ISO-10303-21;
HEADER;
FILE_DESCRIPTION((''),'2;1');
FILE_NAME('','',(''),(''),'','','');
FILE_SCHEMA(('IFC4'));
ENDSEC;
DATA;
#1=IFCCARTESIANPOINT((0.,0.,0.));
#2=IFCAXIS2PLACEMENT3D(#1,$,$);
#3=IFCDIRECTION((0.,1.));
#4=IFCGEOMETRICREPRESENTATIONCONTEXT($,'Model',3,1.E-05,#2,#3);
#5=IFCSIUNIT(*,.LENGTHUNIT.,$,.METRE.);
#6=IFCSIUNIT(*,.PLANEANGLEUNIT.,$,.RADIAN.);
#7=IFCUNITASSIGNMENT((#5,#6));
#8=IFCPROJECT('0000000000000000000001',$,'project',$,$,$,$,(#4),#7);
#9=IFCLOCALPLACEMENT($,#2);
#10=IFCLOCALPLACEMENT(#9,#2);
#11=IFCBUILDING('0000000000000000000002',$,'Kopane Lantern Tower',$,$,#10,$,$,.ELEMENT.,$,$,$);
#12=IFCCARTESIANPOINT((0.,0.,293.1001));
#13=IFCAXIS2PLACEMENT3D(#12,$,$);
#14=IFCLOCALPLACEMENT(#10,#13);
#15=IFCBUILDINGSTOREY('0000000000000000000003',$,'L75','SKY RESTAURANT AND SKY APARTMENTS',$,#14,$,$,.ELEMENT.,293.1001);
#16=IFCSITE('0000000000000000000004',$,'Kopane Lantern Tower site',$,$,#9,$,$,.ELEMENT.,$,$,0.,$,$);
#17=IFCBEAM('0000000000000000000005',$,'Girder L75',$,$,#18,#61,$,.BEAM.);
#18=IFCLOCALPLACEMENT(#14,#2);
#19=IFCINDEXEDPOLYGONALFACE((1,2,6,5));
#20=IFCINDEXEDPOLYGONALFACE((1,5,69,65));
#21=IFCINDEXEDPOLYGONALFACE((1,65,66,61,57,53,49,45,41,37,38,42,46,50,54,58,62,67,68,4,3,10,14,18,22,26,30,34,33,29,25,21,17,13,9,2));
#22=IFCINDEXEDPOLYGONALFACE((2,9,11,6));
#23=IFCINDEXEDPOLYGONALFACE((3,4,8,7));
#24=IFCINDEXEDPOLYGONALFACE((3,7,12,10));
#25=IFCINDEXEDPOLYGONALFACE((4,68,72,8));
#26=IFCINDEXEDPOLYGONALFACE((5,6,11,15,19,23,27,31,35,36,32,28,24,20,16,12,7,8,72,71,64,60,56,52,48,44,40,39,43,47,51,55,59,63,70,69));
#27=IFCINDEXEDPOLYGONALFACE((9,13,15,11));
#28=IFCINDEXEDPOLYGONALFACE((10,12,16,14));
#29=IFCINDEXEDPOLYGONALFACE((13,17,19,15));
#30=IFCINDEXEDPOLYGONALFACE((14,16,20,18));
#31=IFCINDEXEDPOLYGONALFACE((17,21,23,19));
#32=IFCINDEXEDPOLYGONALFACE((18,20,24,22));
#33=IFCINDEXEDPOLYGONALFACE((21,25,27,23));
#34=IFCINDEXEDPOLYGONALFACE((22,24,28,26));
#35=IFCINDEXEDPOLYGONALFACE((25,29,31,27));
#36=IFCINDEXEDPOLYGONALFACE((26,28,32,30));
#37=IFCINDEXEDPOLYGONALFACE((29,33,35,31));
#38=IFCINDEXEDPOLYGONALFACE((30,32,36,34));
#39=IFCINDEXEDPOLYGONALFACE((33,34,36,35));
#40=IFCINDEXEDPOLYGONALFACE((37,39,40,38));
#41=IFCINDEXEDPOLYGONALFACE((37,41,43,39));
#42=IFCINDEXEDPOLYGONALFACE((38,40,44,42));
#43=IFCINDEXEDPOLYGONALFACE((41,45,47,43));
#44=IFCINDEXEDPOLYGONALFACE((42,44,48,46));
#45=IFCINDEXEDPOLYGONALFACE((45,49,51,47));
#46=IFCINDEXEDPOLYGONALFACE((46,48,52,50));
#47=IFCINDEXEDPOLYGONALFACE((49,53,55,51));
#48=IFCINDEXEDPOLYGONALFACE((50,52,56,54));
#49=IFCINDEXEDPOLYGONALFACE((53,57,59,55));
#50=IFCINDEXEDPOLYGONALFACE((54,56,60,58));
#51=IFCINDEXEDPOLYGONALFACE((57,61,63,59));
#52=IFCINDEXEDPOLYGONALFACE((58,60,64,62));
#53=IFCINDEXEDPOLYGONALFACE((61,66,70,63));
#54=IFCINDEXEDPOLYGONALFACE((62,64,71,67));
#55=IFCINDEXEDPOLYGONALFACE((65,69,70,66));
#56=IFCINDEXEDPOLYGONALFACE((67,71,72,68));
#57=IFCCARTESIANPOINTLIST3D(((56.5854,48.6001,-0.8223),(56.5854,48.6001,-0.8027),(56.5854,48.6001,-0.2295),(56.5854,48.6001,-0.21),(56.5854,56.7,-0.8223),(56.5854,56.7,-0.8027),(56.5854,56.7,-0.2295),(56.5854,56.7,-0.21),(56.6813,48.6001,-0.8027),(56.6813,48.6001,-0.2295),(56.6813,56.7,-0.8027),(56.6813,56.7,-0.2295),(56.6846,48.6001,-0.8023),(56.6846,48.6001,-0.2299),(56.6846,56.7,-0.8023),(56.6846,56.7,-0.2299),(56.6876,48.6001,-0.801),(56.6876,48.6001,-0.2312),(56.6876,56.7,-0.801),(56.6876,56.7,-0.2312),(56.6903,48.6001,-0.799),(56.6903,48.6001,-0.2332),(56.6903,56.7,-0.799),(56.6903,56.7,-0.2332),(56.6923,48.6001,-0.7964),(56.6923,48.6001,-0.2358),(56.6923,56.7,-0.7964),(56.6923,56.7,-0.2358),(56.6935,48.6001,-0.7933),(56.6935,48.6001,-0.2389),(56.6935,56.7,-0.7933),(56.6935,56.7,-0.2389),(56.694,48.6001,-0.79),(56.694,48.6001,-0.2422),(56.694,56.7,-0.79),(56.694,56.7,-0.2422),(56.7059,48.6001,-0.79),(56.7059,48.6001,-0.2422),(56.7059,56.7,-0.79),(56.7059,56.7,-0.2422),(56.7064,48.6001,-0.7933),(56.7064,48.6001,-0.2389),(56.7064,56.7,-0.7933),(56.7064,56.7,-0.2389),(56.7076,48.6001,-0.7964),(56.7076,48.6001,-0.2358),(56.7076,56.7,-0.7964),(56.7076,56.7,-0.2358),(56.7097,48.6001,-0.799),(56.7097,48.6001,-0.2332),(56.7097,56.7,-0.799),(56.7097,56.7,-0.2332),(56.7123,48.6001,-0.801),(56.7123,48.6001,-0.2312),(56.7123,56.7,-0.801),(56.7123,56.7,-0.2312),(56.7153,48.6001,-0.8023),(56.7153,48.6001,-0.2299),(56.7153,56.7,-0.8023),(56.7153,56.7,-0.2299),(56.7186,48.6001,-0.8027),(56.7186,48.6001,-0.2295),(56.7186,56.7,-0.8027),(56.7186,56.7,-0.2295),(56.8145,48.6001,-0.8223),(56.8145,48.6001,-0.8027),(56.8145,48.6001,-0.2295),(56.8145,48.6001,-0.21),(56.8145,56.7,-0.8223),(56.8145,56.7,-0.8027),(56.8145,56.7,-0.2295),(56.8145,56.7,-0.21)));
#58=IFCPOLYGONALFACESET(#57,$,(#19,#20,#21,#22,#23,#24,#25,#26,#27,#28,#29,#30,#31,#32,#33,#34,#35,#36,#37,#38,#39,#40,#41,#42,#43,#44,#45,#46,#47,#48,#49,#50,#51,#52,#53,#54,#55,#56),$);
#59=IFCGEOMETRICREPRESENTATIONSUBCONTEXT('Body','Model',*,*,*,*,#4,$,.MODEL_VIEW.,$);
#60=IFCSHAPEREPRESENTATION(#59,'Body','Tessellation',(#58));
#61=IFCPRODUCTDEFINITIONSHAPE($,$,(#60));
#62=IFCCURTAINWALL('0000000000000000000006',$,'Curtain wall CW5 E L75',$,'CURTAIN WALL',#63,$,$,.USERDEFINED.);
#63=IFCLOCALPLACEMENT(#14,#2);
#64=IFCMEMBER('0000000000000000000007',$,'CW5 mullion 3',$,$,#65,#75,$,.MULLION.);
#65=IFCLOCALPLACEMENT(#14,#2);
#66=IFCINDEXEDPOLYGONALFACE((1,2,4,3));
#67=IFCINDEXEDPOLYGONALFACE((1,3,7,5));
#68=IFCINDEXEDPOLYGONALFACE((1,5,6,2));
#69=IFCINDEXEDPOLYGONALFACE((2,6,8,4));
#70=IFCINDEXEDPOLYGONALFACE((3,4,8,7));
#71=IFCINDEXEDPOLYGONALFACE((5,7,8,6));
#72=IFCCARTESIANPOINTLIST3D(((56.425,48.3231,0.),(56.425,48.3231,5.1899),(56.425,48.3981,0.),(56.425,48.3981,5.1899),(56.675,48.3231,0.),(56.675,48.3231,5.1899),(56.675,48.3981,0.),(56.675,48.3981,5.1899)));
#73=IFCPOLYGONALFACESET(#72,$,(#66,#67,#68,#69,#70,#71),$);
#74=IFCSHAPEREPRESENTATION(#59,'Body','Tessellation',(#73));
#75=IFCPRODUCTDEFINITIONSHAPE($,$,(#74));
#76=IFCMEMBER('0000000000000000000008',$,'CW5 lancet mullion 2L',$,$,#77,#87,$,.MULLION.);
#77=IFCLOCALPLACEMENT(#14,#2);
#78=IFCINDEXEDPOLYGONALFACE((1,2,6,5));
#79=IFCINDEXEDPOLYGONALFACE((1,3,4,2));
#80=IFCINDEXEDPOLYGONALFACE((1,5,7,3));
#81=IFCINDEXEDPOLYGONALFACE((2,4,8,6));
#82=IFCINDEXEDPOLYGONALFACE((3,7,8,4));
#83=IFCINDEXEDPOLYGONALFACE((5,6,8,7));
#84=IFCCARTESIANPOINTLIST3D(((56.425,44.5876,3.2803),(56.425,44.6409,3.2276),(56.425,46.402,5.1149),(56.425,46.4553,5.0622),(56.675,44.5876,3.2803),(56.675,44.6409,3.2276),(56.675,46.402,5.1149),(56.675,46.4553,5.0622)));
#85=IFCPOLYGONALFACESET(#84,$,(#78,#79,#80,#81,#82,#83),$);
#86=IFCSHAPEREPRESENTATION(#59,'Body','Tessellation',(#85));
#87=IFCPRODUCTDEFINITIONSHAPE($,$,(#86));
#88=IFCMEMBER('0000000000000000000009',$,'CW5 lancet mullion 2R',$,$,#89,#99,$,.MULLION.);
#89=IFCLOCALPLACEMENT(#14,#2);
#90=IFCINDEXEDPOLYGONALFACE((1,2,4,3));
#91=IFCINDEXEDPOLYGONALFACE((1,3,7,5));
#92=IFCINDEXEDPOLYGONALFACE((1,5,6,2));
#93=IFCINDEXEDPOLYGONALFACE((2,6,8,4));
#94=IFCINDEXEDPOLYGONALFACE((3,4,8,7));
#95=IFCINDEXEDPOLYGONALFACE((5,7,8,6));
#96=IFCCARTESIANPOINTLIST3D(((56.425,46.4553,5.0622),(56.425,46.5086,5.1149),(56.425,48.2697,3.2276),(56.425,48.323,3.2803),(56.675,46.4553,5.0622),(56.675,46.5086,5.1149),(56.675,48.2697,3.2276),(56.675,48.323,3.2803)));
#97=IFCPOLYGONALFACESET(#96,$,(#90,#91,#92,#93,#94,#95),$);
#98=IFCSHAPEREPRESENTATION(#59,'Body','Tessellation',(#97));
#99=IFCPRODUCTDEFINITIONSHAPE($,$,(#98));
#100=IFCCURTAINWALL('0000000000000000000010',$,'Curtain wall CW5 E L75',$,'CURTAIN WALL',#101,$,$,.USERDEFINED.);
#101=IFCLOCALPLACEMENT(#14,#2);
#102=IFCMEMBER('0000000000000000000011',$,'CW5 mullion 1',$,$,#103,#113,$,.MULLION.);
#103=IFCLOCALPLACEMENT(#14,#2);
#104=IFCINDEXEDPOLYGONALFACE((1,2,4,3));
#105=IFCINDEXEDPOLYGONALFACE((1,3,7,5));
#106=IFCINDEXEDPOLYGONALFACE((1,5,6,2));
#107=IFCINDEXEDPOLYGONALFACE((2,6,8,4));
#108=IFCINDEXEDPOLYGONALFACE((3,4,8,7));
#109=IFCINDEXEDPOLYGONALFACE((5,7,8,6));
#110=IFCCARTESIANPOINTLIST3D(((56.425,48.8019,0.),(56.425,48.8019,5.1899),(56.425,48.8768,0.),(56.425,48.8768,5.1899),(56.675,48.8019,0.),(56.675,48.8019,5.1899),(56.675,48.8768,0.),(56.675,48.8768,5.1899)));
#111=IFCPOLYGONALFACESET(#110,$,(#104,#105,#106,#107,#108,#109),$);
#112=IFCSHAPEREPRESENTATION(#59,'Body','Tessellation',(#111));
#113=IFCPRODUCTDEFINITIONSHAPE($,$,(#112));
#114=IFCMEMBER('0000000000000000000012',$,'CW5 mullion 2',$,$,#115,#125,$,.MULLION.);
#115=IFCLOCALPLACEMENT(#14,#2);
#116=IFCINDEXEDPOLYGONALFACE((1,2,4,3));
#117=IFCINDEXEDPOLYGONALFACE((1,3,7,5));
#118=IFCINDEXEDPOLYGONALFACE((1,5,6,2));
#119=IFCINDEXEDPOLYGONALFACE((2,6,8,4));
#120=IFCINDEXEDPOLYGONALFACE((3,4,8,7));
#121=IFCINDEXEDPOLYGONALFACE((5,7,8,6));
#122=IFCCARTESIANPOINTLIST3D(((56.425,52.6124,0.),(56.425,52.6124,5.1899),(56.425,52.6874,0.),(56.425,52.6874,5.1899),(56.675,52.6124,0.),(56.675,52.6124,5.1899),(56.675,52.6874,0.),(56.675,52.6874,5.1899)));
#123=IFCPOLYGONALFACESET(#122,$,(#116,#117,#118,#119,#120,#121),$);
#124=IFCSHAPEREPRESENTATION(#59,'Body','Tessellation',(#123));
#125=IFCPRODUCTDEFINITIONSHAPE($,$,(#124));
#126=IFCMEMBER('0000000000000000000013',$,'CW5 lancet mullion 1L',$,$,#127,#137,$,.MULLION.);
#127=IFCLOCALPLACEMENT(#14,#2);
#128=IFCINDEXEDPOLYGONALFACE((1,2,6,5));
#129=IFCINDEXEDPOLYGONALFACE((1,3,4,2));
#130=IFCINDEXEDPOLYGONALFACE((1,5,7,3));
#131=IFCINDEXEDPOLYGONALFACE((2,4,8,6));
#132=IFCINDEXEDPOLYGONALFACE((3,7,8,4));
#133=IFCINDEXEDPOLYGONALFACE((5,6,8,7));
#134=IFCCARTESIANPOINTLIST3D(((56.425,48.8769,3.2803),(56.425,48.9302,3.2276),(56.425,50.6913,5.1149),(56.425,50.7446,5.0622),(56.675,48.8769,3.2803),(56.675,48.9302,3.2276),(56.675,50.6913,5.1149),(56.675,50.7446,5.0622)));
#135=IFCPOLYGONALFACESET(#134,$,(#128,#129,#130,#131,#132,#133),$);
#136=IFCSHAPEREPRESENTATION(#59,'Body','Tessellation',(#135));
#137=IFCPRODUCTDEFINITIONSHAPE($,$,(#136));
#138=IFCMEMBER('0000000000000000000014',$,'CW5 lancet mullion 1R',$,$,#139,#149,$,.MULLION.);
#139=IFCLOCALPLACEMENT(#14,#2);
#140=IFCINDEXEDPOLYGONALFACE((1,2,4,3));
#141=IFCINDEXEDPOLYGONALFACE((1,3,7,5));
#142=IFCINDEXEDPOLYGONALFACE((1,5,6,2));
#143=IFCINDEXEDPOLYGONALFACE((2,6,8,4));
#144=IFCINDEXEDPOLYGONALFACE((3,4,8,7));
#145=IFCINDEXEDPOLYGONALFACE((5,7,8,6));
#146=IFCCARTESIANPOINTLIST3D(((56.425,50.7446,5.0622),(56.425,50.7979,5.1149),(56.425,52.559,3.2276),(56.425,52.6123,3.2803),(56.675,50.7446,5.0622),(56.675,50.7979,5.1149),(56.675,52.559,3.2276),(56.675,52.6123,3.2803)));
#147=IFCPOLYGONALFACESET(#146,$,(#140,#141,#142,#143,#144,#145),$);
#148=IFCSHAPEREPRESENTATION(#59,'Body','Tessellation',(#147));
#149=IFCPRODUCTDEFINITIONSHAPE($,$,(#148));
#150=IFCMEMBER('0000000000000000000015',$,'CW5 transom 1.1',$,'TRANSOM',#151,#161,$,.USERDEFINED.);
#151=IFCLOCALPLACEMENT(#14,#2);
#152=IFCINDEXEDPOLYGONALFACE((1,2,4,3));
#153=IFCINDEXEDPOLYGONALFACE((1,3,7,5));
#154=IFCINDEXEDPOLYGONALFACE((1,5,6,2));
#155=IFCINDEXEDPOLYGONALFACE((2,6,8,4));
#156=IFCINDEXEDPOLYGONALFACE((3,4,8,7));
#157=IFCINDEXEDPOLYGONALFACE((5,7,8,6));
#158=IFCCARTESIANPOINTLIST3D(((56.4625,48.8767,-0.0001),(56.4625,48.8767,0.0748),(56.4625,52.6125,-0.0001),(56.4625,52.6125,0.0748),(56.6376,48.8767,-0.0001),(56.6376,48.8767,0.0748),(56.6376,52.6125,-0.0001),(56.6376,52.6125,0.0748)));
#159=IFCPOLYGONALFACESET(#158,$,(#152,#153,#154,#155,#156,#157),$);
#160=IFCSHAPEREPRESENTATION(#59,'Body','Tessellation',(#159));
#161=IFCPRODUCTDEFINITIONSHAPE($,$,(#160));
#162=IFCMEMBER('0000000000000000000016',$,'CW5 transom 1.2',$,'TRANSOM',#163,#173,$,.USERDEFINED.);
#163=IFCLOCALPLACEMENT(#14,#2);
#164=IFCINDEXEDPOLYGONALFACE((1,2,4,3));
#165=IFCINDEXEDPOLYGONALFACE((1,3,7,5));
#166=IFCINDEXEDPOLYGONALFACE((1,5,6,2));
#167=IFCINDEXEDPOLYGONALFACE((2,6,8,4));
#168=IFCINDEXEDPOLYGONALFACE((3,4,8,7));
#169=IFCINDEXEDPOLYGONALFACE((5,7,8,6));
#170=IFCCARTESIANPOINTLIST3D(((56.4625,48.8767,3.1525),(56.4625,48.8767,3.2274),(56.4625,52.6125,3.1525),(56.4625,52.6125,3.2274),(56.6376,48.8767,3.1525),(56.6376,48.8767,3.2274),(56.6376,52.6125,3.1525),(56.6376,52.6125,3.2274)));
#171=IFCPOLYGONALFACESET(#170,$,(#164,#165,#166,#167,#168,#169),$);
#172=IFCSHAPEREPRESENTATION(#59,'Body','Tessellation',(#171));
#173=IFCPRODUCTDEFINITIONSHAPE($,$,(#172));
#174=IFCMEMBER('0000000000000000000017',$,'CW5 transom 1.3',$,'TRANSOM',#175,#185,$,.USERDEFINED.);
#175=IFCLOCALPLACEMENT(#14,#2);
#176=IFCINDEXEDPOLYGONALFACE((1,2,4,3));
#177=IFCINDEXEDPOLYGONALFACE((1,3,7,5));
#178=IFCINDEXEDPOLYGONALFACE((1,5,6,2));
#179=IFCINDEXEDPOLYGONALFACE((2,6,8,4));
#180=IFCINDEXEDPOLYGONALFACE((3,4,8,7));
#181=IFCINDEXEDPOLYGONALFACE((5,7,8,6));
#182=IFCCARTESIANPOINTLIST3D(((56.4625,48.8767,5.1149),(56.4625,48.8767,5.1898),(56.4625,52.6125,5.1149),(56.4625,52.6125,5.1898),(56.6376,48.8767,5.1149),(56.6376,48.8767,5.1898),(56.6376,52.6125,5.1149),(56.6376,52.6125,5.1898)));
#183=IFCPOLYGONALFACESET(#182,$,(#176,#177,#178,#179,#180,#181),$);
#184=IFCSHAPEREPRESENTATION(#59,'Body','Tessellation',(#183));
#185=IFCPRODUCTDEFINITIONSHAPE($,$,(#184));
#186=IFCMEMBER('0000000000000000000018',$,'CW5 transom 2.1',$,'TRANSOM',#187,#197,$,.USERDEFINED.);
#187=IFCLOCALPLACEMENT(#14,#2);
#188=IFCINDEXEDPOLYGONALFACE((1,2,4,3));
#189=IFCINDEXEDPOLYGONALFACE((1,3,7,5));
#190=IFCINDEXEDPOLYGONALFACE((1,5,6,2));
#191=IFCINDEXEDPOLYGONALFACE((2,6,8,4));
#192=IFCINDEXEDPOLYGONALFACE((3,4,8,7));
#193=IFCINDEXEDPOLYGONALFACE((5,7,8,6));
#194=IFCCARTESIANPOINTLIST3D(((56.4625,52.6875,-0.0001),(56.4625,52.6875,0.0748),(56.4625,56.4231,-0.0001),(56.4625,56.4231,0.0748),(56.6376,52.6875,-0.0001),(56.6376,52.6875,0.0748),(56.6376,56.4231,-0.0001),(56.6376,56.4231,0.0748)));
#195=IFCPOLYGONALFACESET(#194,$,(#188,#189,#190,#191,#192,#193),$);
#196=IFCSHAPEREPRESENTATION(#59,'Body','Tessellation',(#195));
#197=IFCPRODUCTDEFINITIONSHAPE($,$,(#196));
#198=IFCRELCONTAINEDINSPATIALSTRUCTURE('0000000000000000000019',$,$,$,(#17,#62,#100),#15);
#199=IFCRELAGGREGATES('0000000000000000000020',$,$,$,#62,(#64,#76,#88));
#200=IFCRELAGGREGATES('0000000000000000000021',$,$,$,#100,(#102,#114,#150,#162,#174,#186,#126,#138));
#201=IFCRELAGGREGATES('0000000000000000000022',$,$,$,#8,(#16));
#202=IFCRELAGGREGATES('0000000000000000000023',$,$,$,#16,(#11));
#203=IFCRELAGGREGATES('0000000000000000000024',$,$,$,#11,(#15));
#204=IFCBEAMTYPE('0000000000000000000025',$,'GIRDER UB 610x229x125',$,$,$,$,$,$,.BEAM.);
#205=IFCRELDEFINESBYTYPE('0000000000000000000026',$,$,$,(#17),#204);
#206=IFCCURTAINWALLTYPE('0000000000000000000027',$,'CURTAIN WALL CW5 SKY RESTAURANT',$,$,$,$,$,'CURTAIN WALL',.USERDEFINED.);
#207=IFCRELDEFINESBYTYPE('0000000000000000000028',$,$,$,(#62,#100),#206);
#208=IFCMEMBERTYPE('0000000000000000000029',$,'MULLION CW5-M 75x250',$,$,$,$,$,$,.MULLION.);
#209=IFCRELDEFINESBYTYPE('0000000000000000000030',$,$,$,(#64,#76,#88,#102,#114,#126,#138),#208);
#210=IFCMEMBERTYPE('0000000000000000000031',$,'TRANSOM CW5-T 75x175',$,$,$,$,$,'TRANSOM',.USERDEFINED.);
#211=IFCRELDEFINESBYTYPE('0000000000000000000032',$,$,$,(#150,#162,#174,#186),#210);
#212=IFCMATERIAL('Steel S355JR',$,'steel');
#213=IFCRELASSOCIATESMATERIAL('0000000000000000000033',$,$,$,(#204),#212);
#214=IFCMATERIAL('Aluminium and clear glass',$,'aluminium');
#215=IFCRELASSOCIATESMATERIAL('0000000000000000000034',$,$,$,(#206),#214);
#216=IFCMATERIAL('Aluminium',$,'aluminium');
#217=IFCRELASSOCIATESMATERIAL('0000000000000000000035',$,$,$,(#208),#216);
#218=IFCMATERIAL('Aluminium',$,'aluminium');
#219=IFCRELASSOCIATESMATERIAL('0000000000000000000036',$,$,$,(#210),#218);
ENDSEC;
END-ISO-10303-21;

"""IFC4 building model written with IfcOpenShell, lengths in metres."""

from ifc_helpers import new_model, si_unit, direction, frame, origin, origin_2d, place, context, subcontext, project, spatial, rectangle, i_section, extrude, material, material_profile, profile_set, type_object, element, aggregate, save


model = new_model("IFC4")

# Units and contexts
model_context = context("Model", 3, precision=1e-05, world=origin(), true_north=direction((0.0, 1.0)))
body_context = subcontext(model_context, "Body", "Model", "MODEL_VIEW")
ifc_project = project(units=[si_unit("LENGTHUNIT", "METRE"), si_unit("PLANEANGLEUNIT", "RADIAN")], contexts=[model_context])

# Site, building, storey
site_placement = place(None, origin())
site = spatial("IfcSite", under=ifc_project, at=site_placement, Name="Kopane Lantern Tower site", CompositionType="ELEMENT", RefElevation=0.0)
building_placement = place(site_placement, origin())
building = spatial("IfcBuilding", under=site, at=building_placement, Name="Kopane Lantern Tower", CompositionType="ELEMENT")
storey_placement = place(building_placement, frame((0.0, 0.0, 293.1001)))
storey = spatial("IfcBuildingStorey", under=building, at=storey_placement, Name="L75", Description="SKY RESTAURANT AND SKY APARTMENTS", CompositionType="ELEMENT", Elevation=293.1001)

# Beam
ifc_material_1 = material(Name="Steel S355JR", Category="steel")
ifc_material_profile_1 = material_profile(ifc_material_1, i_section(OverallWidth=0.229, OverallDepth=0.6123, WebThickness=0.012, FlangeThickness=0.0195, FilletRadius=0.0127, at=origin_2d()), Name="UB 610x229x125")
ifc_profile_set_1 = profile_set([ifc_material_profile_1], Name="Steel S355JR")
beam_type = type_object("IfcBeamType", Name="GIRDER UB 610x229x125", PredefinedType="BEAM", material=ifc_profile_set_1)
for number, where, z_axis, x_axis, name in (
    (1, (56.7, 48.6001, -0.5161), (0.0, 1.0, 0.0), (-1.0, 0.0, 0.0), "Girder L75"),
):
    element("IfcBeam", number, at=place(storey_placement, frame(where, z_axis=z_axis, x_axis=x_axis)), inside=storey, type_object=beam_type, Name=name, PredefinedType="BEAM", context=body_context, shape_type="SweptSolid", body=[
        extrude(i_section(OverallWidth=0.229, OverallDepth=0.6123, WebThickness=0.012, FlangeThickness=0.0195, FilletRadius=0.0127, at=origin_2d()), origin(), (0.0, 0.0, 1.0), 8.0999),
    ])

# Curtain walls, members
ifc_material_2 = material(Name="Aluminium and clear glass", Category="aluminium")
curtain_wall_type = type_object("IfcCurtainWallType", Name="CURTAIN WALL CW5 SKY RESTAURANT", ElementType="CURTAIN WALL", PredefinedType="USERDEFINED", material=ifc_material_2)
curtain_wall_1_placement = place(storey_placement, origin())
curtain_wall_1 = element("IfcCurtainWall", 2, at=curtain_wall_1_placement, inside=storey, type_object=curtain_wall_type, Name="Curtain wall CW5 E L75", ObjectType="CURTAIN WALL", PredefinedType="USERDEFINED")
ifc_material_3 = material(Name="Aluminium", Category="aluminium")
ifc_material_profile_2 = material_profile(ifc_material_3, rectangle(XDim=0.075, YDim=0.25, at=origin_2d()), Name="AL 75x250")
ifc_profile_set_2 = profile_set([ifc_material_profile_2], Name="Aluminium")
member_type_1 = type_object("IfcMemberType", Name="MULLION CW5-M 75x250", PredefinedType="MULLION", material=ifc_profile_set_2)
member_1_placement = place(storey_placement, frame((56.55, 48.3606, 0.0), z_axis=(0.0, 0.0, 1.0), x_axis=(0.0, 1.0, 0.0)))
member_1 = element("IfcMember", 3, at=member_1_placement, type_object=member_type_1, Name="CW5 mullion 3", PredefinedType="MULLION", context=body_context, shape_type="SweptSolid", body=[
    extrude(rectangle(XDim=0.075, YDim=0.25, at=origin_2d()), origin(), (0.0, 0.0, 1.0), 5.1899),
])
member_2_placement = place(storey_placement, frame((56.55, 44.6143, 3.2539), z_axis=(0.0, 0.703169, 0.711022), x_axis=(0.0, -0.711022, 0.703169)))
member_2 = element("IfcMember", 4, at=member_2_placement, type_object=member_type_1, Name="CW5 lancet mullion 2L", PredefinedType="MULLION", context=body_context, shape_type="SweptSolid", body=[
    extrude(rectangle(XDim=0.075, YDim=0.25, at=origin_2d()), origin(), (0.0, 0.0, 1.0), 2.5803),
])
member_3_placement = place(storey_placement, frame((56.55, 48.2964, 3.2539), z_axis=(0.0, -0.703169, 0.711022), x_axis=(0.0, 0.711022, 0.703169)))
member_3 = element("IfcMember", 5, at=member_3_placement, type_object=member_type_1, Name="CW5 lancet mullion 2R", PredefinedType="MULLION", context=body_context, shape_type="SweptSolid", body=[
    extrude(rectangle(XDim=0.075, YDim=0.25, at=origin_2d()), origin(), (0.0, 0.0, 1.0), 2.5803),
])
curtain_wall_2_placement = place(storey_placement, origin())
curtain_wall_2 = element("IfcCurtainWall", 6, at=curtain_wall_2_placement, inside=storey, type_object=curtain_wall_type, Name="Curtain wall CW5 E L75", ObjectType="CURTAIN WALL", PredefinedType="USERDEFINED")
member_4_placement = place(storey_placement, frame((56.55, 48.8394, 0.0), z_axis=(0.0, 0.0, 1.0), x_axis=(0.0, 1.0, 0.0)))
member_4 = element("IfcMember", 7, at=member_4_placement, type_object=member_type_1, Name="CW5 mullion 1", PredefinedType="MULLION", context=body_context, shape_type="SweptSolid", body=[
    extrude(rectangle(XDim=0.075, YDim=0.25, at=origin_2d()), origin(), (0.0, 0.0, 1.0), 5.1899),
])
member_5_placement = place(storey_placement, frame((56.55, 52.6499, 0.0), z_axis=(0.0, 0.0, 1.0), x_axis=(0.0, 1.0, 0.0)))
member_5 = element("IfcMember", 8, at=member_5_placement, type_object=member_type_1, Name="CW5 mullion 2", PredefinedType="MULLION", context=body_context, shape_type="SweptSolid", body=[
    extrude(rectangle(XDim=0.075, YDim=0.25, at=origin_2d()), origin(), (0.0, 0.0, 1.0), 5.1899),
])
member_6_placement = place(storey_placement, frame((56.55, 48.9036, 3.2539), z_axis=(0.0, 0.703169, 0.711022), x_axis=(0.0, -0.711022, 0.703169)))
member_6 = element("IfcMember", 9, at=member_6_placement, type_object=member_type_1, Name="CW5 lancet mullion 1L", PredefinedType="MULLION", context=body_context, shape_type="SweptSolid", body=[
    extrude(rectangle(XDim=0.075, YDim=0.25, at=origin_2d()), origin(), (0.0, 0.0, 1.0), 2.5803),
])
member_7_placement = place(storey_placement, frame((56.55, 52.5857, 3.2539), z_axis=(0.0, -0.703169, 0.711022), x_axis=(0.0, 0.711022, 0.703169)))
member_7 = element("IfcMember", 10, at=member_7_placement, type_object=member_type_1, Name="CW5 lancet mullion 1R", PredefinedType="MULLION", context=body_context, shape_type="SweptSolid", body=[
    extrude(rectangle(XDim=0.075, YDim=0.25, at=origin_2d()), origin(), (0.0, 0.0, 1.0), 2.5803),
])
ifc_material_4 = material(Name="Aluminium", Category="aluminium")
ifc_material_profile_3 = material_profile(ifc_material_4, rectangle(XDim=0.175, YDim=0.075, at=origin_2d()), Name="AL 175x75")
ifc_profile_set_3 = profile_set([ifc_material_profile_3], Name="Aluminium")
member_type_2 = type_object("IfcMemberType", Name="TRANSOM CW5-T 75x175", ElementType="TRANSOM", PredefinedType="USERDEFINED", material=ifc_profile_set_3)
member_8_placement = place(storey_placement, frame((56.55, 48.8767, 0.0374), z_axis=(0.0, 1.0, 0.0), x_axis=(-1.0, 0.0, 0.0)))
member_8 = element("IfcMember", 11, at=member_8_placement, type_object=member_type_2, Name="CW5 transom 1.1", ObjectType="TRANSOM", PredefinedType="USERDEFINED", context=body_context, shape_type="SweptSolid", body=[
    extrude(rectangle(XDim=0.175, YDim=0.075, at=origin_2d()), origin(), (0.0, 0.0, 1.0), 3.7358),
])
member_9_placement = place(storey_placement, frame((56.55, 48.8767, 3.1899), z_axis=(0.0, 1.0, 0.0), x_axis=(-1.0, 0.0, 0.0)))
member_9 = element("IfcMember", 12, at=member_9_placement, type_object=member_type_2, Name="CW5 transom 1.2", ObjectType="TRANSOM", PredefinedType="USERDEFINED", context=body_context, shape_type="SweptSolid", body=[
    extrude(rectangle(XDim=0.175, YDim=0.075, at=origin_2d()), origin(), (0.0, 0.0, 1.0), 3.7358),
])
member_10_placement = place(storey_placement, frame((56.55, 48.8767, 5.1523), z_axis=(0.0, 1.0, 0.0), x_axis=(-1.0, 0.0, 0.0)))
member_10 = element("IfcMember", 13, at=member_10_placement, type_object=member_type_2, Name="CW5 transom 1.3", ObjectType="TRANSOM", PredefinedType="USERDEFINED", context=body_context, shape_type="SweptSolid", body=[
    extrude(rectangle(XDim=0.175, YDim=0.075, at=origin_2d()), origin(), (0.0, 0.0, 1.0), 3.7358),
])
member_11_placement = place(storey_placement, frame((56.55, 52.6875, 0.0374), z_axis=(0.0, 1.0, 0.0), x_axis=(-1.0, 0.0, 0.0)))
member_11 = element("IfcMember", 14, at=member_11_placement, type_object=member_type_2, Name="CW5 transom 2.1", ObjectType="TRANSOM", PredefinedType="USERDEFINED", context=body_context, shape_type="SweptSolid", body=[
    extrude(rectangle(XDim=0.175, YDim=0.075, at=origin_2d()), origin(), (0.0, 0.0, 1.0), 3.7356),
])

aggregate(curtain_wall_1, [member_1, member_2, member_3])
aggregate(curtain_wall_2, [member_4, member_5, member_8, member_9, member_10, member_11, member_6, member_7])

save(model, "model.ifc")
